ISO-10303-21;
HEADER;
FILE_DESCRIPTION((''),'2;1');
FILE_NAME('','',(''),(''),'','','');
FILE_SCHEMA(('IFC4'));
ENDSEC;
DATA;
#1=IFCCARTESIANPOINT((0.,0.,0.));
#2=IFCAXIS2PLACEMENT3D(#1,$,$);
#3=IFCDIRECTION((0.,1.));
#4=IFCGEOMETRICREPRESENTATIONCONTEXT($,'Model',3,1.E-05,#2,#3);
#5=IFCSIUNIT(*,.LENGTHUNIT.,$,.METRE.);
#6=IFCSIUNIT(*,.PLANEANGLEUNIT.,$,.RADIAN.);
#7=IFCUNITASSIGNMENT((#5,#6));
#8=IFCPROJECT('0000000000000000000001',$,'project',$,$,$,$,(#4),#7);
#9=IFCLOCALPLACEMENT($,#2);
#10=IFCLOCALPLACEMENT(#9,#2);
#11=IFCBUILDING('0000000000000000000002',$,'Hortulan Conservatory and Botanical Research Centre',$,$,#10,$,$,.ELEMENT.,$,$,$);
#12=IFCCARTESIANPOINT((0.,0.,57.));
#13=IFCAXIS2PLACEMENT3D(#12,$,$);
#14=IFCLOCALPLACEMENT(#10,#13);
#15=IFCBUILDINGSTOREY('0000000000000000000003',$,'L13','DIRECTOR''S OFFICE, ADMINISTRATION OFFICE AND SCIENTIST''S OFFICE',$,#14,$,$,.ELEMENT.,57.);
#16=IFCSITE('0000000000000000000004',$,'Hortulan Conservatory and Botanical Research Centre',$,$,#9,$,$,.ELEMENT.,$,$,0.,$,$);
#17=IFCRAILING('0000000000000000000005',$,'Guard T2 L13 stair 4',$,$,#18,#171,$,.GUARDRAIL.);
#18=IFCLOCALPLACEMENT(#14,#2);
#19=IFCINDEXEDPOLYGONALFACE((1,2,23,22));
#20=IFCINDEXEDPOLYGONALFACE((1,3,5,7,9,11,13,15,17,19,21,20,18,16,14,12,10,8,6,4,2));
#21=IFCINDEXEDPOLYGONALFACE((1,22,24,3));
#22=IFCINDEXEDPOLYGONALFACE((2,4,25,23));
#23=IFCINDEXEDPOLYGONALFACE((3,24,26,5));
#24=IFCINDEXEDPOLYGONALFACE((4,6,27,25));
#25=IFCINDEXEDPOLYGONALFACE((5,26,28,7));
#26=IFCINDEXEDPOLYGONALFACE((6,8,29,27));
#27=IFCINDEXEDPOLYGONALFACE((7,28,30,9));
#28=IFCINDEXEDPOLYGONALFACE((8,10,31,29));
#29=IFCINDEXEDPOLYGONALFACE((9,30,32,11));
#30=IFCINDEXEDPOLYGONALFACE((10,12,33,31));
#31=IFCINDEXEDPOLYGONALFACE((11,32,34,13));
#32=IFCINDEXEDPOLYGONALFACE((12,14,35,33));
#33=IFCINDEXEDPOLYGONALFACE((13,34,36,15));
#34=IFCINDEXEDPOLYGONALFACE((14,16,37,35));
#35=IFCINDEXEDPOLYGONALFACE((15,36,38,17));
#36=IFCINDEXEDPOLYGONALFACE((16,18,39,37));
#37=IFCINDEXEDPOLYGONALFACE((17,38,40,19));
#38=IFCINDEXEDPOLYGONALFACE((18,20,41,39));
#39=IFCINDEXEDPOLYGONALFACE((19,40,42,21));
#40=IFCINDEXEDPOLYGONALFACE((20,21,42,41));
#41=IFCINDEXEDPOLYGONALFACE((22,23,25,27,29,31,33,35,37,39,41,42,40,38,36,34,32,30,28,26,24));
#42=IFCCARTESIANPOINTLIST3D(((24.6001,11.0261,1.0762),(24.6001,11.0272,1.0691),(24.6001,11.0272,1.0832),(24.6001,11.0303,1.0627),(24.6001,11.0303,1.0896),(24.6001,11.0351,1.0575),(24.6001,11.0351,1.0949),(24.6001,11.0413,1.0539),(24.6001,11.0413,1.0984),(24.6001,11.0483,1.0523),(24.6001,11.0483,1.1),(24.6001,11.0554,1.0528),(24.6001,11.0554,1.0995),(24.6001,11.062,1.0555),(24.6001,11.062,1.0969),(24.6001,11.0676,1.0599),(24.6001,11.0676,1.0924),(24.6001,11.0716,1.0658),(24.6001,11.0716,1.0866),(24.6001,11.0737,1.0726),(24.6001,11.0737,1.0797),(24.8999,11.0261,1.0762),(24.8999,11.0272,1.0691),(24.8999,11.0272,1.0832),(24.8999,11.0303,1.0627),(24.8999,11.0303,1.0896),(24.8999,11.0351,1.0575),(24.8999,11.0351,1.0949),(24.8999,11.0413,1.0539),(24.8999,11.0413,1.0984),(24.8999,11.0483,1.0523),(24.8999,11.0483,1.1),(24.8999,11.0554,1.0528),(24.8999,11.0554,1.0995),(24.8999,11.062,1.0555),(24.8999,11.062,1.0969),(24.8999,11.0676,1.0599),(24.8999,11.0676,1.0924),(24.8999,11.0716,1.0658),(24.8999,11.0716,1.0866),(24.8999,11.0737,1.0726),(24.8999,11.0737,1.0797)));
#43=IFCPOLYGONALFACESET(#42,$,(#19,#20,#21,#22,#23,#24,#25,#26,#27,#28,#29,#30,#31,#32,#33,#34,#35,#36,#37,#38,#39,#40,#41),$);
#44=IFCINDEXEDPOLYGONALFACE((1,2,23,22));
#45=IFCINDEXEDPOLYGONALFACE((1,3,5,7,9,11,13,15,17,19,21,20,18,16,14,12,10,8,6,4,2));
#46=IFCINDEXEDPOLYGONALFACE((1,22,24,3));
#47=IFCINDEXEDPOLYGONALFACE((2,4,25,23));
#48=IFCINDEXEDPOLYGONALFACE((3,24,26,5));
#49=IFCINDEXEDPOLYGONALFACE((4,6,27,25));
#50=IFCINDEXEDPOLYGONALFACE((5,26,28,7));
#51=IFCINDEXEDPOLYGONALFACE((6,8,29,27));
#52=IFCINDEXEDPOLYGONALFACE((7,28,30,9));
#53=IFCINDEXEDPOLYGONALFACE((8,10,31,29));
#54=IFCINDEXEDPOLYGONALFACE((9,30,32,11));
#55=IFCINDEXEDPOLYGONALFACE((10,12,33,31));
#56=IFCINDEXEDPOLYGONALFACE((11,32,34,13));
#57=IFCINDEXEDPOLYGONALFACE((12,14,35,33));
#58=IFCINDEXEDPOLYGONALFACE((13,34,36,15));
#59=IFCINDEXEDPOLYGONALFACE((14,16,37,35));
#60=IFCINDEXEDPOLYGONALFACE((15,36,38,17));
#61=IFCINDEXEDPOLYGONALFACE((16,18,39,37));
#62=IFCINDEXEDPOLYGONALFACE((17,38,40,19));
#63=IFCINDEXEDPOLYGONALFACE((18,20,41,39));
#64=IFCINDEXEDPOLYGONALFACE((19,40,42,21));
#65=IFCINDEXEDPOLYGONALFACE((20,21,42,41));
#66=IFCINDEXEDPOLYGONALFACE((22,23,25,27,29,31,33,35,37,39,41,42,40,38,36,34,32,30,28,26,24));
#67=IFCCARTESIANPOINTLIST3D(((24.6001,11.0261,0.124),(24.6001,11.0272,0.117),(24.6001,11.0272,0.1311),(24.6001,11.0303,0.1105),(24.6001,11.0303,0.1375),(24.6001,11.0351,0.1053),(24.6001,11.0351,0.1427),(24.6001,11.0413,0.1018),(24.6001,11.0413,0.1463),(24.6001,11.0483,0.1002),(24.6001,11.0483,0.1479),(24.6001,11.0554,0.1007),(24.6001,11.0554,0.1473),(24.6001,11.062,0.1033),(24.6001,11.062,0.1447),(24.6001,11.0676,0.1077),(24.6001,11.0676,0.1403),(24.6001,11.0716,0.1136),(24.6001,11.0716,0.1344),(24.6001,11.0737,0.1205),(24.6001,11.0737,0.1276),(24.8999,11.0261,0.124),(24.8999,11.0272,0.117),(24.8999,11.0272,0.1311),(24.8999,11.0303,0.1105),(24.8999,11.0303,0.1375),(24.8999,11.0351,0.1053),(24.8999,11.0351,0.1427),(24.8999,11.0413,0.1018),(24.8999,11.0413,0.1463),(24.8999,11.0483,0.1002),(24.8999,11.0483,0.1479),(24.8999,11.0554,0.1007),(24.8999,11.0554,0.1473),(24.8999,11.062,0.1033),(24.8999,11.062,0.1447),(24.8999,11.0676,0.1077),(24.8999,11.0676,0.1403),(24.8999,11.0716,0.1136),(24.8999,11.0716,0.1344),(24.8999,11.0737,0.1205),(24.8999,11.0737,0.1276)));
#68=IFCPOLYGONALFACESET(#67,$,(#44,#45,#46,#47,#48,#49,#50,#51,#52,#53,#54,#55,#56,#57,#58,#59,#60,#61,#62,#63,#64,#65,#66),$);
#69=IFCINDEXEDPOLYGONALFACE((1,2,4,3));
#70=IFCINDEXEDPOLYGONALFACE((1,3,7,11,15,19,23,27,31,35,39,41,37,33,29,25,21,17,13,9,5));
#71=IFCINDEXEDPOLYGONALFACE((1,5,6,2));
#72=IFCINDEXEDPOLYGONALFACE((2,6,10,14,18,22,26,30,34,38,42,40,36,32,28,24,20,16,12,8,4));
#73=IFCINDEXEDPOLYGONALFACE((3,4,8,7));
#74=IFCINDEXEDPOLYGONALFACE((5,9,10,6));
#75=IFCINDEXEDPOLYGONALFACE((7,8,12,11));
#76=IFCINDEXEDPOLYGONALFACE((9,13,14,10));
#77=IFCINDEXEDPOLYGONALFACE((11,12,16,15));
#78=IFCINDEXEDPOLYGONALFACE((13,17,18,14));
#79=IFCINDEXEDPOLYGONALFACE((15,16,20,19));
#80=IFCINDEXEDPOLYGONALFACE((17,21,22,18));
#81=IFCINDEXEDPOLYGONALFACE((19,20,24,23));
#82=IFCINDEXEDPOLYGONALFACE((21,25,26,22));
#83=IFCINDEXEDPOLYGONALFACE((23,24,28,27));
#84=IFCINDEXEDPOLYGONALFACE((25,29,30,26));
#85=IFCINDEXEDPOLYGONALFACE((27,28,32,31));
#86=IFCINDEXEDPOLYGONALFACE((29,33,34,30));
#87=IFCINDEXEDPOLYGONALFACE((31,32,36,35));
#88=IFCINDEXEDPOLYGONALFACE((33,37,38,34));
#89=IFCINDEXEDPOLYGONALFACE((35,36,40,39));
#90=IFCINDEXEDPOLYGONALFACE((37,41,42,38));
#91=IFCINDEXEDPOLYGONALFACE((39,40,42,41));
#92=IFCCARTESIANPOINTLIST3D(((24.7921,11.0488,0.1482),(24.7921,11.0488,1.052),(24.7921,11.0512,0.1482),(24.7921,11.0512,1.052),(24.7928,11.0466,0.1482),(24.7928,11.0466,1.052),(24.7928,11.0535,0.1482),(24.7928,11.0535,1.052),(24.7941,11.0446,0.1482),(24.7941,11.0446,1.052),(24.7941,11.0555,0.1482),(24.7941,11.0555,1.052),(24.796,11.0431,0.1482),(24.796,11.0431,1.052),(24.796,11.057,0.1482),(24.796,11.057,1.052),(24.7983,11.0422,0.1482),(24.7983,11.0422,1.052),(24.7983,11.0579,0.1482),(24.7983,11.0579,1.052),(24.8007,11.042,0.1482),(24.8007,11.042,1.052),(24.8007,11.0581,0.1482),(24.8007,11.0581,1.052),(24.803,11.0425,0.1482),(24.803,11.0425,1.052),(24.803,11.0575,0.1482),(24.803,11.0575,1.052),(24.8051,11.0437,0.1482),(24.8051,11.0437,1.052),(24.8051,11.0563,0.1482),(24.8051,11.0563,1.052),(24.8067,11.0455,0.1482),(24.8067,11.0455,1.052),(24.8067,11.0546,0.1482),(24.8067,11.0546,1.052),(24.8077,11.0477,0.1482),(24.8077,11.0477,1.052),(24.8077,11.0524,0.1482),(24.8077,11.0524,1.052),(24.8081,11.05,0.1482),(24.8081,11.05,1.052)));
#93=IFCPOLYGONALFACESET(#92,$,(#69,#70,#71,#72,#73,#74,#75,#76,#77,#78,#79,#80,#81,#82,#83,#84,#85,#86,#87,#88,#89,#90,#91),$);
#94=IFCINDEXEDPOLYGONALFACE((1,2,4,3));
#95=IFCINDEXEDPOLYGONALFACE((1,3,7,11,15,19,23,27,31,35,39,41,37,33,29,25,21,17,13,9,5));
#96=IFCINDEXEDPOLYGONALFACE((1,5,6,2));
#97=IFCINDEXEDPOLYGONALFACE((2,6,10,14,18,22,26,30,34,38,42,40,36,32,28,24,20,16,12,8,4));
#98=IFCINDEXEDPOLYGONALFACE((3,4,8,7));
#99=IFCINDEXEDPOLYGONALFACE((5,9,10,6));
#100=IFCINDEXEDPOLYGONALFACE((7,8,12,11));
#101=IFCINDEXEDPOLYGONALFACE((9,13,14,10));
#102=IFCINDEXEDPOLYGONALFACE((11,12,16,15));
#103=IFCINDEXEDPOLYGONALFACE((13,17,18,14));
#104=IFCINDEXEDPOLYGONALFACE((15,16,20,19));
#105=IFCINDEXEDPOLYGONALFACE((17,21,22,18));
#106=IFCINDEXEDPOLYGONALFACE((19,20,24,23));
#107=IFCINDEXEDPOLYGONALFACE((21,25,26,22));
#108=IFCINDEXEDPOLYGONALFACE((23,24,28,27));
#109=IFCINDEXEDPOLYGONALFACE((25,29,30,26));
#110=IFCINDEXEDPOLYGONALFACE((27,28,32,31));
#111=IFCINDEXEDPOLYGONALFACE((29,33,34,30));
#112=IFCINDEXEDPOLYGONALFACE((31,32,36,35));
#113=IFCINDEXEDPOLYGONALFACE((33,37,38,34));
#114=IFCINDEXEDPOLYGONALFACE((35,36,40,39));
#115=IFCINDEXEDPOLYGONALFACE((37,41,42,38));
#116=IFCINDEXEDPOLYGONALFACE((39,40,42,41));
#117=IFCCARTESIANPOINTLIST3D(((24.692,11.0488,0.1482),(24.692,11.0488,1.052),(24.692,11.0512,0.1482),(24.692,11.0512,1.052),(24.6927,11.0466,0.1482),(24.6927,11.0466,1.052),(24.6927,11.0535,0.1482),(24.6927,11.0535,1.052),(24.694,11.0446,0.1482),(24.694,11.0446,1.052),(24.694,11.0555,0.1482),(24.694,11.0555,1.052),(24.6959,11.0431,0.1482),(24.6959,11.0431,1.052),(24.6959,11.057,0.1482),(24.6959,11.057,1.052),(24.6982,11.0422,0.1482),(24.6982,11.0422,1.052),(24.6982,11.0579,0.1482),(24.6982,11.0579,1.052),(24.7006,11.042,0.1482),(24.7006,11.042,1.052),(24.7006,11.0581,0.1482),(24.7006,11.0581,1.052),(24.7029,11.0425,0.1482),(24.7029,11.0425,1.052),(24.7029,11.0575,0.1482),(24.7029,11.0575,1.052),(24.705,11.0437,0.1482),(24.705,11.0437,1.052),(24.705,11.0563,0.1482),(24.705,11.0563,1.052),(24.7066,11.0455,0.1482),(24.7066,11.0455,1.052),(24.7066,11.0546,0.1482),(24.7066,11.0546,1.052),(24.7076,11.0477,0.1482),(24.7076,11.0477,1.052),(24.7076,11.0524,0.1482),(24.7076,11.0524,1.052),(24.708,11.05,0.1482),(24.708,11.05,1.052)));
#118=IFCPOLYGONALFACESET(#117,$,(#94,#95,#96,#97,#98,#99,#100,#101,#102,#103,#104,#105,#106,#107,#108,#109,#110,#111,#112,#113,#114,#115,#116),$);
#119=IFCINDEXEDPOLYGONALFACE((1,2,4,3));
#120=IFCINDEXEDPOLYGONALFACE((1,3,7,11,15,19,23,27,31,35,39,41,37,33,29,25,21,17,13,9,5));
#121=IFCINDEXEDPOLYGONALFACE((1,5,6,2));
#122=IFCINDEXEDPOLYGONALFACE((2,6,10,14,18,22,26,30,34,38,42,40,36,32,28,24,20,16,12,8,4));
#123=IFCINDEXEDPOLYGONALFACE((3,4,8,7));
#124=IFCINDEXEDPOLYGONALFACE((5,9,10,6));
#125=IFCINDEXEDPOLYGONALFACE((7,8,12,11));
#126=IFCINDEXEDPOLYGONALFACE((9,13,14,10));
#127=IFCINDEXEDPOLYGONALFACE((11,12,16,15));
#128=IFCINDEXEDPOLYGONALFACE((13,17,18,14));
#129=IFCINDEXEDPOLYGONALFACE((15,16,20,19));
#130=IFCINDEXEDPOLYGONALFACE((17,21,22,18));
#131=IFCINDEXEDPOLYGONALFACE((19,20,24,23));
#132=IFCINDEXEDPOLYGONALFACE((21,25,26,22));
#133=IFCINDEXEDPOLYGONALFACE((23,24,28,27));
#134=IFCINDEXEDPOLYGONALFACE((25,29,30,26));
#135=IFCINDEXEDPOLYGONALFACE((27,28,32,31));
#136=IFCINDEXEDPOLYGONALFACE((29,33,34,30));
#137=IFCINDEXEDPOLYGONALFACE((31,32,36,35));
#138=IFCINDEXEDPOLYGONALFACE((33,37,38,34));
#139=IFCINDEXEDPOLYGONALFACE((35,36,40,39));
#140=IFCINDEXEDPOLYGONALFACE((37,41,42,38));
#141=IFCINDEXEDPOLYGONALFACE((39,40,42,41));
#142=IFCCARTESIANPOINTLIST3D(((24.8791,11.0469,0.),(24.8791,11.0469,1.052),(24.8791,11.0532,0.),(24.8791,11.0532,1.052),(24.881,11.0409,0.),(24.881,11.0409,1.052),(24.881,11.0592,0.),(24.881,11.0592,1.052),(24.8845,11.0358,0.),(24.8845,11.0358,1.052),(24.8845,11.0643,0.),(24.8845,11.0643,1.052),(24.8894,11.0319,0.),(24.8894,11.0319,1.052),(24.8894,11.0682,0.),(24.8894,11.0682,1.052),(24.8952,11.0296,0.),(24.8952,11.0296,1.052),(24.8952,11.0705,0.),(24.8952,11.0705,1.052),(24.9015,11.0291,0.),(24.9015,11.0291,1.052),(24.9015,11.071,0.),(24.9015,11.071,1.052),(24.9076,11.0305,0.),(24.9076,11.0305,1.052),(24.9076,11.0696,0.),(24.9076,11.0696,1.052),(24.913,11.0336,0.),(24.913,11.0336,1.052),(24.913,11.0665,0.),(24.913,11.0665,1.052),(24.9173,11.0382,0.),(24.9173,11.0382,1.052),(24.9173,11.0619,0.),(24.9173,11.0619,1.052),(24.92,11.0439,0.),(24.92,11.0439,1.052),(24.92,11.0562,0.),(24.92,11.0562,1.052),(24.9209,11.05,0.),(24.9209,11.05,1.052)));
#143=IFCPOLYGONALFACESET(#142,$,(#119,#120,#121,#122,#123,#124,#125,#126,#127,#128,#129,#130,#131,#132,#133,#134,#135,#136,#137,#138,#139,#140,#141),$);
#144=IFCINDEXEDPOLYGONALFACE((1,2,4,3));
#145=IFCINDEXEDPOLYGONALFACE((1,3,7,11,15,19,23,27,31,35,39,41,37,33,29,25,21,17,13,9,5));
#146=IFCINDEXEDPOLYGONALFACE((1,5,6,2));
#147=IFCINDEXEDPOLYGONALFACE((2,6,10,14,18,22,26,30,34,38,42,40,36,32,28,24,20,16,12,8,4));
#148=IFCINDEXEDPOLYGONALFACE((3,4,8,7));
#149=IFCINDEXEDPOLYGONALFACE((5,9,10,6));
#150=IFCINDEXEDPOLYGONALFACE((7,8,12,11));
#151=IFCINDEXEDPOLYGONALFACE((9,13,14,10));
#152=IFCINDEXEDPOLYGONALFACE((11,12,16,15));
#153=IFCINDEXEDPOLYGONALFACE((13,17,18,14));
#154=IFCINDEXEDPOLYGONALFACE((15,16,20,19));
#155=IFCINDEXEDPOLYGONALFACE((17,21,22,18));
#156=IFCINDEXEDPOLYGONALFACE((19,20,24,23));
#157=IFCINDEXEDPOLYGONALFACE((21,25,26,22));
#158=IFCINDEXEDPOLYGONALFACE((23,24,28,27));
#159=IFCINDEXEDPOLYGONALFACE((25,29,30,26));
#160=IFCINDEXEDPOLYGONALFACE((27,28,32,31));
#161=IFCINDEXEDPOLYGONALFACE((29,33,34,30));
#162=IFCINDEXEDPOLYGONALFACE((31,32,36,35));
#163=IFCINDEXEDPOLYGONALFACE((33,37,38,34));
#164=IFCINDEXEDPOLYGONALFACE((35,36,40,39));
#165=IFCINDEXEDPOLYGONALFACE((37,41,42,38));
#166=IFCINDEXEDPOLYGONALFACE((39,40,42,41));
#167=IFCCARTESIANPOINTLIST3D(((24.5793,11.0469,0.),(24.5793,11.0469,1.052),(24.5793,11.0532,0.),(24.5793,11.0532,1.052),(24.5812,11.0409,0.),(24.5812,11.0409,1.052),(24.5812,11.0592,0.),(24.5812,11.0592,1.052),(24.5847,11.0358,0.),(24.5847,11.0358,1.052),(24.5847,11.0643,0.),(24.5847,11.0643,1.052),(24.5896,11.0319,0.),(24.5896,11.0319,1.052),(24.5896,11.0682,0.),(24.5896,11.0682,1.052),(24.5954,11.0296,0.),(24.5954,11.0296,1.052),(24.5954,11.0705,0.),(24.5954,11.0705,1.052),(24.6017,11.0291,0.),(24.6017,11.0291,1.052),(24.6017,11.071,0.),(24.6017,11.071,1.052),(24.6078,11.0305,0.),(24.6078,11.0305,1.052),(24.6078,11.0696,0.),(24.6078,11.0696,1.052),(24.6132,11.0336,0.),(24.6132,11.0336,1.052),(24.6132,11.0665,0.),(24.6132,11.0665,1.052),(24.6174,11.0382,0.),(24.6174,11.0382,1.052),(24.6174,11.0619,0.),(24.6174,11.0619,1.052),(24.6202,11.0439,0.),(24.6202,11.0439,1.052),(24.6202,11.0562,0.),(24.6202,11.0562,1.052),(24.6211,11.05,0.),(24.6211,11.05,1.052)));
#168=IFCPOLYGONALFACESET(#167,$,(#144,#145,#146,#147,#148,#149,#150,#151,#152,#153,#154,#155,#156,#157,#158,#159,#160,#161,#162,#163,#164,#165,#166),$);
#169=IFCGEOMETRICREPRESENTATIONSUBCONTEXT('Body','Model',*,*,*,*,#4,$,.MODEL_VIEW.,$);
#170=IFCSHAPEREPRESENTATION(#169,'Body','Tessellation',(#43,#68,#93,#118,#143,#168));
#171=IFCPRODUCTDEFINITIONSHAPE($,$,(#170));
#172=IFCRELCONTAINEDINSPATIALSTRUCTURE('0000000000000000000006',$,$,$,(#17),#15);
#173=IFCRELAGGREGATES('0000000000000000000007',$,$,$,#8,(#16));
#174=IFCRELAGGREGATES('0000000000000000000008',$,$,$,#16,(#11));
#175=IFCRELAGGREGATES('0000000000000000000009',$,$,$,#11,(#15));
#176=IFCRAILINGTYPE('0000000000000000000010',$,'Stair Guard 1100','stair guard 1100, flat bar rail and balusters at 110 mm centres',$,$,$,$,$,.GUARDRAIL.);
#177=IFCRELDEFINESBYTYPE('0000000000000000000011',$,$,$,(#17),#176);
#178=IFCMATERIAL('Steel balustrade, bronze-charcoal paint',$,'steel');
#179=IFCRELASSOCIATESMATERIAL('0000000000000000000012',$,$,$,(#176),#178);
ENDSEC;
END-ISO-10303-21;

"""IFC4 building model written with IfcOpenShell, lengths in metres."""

from ifc_helpers import new_model, si_unit, direction, frame, origin, origin_2d, place, context, subcontext, project, spatial, circle, extrude, material, type_object, element, save


model = new_model("IFC4")

# Units and contexts
model_context = context("Model", 3, precision=1e-05, world=origin(), true_north=direction((0.0, 1.0)))
body_context = subcontext(model_context, "Body", "Model", "MODEL_VIEW")
ifc_project = project(units=[si_unit("LENGTHUNIT", "METRE"), si_unit("PLANEANGLEUNIT", "RADIAN")], contexts=[model_context])

# Site, building, storey
site_placement = place(None, origin())
site = spatial("IfcSite", under=ifc_project, at=site_placement, Name="Hortulan Conservatory and Botanical Research Centre", CompositionType="ELEMENT", RefElevation=0.0)
building_placement = place(site_placement, origin())
building = spatial("IfcBuilding", under=site, at=building_placement, Name="Hortulan Conservatory and Botanical Research Centre", CompositionType="ELEMENT")
storey_placement = place(building_placement, frame((0.0, 0.0, 57.0)))
storey = spatial("IfcBuildingStorey", under=building, at=storey_placement, Name="L13", Description="DIRECTOR'S OFFICE, ADMINISTRATION OFFICE AND SCIENTIST'S OFFICE", CompositionType="ELEMENT", Elevation=57.0)

# Railing
ifc_material_1 = material(Name="Steel balustrade, bronze-charcoal paint", Category="steel")
railing_type_1 = type_object("IfcRailingType", Name="Stair Guard 1100", Description="stair guard 1100, flat bar rail and balusters at 110 mm centres", PredefinedType="GUARDRAIL", material=ifc_material_1)
railing_1_placement = place(storey_placement, frame((24.8999, 11.05, 0.0)))
element("IfcRailing", 1, at=railing_1_placement, inside=storey, type_object=railing_type_1, Name="Guard T2 L13 stair 4", PredefinedType="GUARDRAIL", context=body_context, shape_type="SweptSolid", body=[
    extrude(circle(Radius=0.0239, at=origin_2d()), frame((0.0, 0.0, 1.0762), z_axis=(-1.0, 0.0, 0.0), x_axis=(0.0, -1.0, 0.0)), (0.0, 0.0, 1.0), 0.2998),
    extrude(circle(Radius=0.0239, at=origin_2d()), frame((0.0, 0.0, 0.124), z_axis=(-1.0, 0.0, 0.0), x_axis=(0.0, -1.0, 0.0)), (0.0, 0.0, 1.0), 0.2998),
    extrude(circle(Radius=0.0081, at=origin_2d()), frame((-0.0999, 0.0, 0.1482)), (0.0, 0.0, 1.0), 0.9038),
    extrude(circle(Radius=0.0081, at=origin_2d()), frame((-0.2, 0.0, 0.1482)), (0.0, 0.0, 1.0), 0.9038),
    extrude(circle(Radius=0.021, at=origin_2d()), origin(), (0.0, 0.0, 1.0), 1.052),
    extrude(circle(Radius=0.021, at=origin_2d()), frame((-0.2998, 0.0, 0.0)), (0.0, 0.0, 1.0), 1.052),
])

save(model, "model.ifc")
